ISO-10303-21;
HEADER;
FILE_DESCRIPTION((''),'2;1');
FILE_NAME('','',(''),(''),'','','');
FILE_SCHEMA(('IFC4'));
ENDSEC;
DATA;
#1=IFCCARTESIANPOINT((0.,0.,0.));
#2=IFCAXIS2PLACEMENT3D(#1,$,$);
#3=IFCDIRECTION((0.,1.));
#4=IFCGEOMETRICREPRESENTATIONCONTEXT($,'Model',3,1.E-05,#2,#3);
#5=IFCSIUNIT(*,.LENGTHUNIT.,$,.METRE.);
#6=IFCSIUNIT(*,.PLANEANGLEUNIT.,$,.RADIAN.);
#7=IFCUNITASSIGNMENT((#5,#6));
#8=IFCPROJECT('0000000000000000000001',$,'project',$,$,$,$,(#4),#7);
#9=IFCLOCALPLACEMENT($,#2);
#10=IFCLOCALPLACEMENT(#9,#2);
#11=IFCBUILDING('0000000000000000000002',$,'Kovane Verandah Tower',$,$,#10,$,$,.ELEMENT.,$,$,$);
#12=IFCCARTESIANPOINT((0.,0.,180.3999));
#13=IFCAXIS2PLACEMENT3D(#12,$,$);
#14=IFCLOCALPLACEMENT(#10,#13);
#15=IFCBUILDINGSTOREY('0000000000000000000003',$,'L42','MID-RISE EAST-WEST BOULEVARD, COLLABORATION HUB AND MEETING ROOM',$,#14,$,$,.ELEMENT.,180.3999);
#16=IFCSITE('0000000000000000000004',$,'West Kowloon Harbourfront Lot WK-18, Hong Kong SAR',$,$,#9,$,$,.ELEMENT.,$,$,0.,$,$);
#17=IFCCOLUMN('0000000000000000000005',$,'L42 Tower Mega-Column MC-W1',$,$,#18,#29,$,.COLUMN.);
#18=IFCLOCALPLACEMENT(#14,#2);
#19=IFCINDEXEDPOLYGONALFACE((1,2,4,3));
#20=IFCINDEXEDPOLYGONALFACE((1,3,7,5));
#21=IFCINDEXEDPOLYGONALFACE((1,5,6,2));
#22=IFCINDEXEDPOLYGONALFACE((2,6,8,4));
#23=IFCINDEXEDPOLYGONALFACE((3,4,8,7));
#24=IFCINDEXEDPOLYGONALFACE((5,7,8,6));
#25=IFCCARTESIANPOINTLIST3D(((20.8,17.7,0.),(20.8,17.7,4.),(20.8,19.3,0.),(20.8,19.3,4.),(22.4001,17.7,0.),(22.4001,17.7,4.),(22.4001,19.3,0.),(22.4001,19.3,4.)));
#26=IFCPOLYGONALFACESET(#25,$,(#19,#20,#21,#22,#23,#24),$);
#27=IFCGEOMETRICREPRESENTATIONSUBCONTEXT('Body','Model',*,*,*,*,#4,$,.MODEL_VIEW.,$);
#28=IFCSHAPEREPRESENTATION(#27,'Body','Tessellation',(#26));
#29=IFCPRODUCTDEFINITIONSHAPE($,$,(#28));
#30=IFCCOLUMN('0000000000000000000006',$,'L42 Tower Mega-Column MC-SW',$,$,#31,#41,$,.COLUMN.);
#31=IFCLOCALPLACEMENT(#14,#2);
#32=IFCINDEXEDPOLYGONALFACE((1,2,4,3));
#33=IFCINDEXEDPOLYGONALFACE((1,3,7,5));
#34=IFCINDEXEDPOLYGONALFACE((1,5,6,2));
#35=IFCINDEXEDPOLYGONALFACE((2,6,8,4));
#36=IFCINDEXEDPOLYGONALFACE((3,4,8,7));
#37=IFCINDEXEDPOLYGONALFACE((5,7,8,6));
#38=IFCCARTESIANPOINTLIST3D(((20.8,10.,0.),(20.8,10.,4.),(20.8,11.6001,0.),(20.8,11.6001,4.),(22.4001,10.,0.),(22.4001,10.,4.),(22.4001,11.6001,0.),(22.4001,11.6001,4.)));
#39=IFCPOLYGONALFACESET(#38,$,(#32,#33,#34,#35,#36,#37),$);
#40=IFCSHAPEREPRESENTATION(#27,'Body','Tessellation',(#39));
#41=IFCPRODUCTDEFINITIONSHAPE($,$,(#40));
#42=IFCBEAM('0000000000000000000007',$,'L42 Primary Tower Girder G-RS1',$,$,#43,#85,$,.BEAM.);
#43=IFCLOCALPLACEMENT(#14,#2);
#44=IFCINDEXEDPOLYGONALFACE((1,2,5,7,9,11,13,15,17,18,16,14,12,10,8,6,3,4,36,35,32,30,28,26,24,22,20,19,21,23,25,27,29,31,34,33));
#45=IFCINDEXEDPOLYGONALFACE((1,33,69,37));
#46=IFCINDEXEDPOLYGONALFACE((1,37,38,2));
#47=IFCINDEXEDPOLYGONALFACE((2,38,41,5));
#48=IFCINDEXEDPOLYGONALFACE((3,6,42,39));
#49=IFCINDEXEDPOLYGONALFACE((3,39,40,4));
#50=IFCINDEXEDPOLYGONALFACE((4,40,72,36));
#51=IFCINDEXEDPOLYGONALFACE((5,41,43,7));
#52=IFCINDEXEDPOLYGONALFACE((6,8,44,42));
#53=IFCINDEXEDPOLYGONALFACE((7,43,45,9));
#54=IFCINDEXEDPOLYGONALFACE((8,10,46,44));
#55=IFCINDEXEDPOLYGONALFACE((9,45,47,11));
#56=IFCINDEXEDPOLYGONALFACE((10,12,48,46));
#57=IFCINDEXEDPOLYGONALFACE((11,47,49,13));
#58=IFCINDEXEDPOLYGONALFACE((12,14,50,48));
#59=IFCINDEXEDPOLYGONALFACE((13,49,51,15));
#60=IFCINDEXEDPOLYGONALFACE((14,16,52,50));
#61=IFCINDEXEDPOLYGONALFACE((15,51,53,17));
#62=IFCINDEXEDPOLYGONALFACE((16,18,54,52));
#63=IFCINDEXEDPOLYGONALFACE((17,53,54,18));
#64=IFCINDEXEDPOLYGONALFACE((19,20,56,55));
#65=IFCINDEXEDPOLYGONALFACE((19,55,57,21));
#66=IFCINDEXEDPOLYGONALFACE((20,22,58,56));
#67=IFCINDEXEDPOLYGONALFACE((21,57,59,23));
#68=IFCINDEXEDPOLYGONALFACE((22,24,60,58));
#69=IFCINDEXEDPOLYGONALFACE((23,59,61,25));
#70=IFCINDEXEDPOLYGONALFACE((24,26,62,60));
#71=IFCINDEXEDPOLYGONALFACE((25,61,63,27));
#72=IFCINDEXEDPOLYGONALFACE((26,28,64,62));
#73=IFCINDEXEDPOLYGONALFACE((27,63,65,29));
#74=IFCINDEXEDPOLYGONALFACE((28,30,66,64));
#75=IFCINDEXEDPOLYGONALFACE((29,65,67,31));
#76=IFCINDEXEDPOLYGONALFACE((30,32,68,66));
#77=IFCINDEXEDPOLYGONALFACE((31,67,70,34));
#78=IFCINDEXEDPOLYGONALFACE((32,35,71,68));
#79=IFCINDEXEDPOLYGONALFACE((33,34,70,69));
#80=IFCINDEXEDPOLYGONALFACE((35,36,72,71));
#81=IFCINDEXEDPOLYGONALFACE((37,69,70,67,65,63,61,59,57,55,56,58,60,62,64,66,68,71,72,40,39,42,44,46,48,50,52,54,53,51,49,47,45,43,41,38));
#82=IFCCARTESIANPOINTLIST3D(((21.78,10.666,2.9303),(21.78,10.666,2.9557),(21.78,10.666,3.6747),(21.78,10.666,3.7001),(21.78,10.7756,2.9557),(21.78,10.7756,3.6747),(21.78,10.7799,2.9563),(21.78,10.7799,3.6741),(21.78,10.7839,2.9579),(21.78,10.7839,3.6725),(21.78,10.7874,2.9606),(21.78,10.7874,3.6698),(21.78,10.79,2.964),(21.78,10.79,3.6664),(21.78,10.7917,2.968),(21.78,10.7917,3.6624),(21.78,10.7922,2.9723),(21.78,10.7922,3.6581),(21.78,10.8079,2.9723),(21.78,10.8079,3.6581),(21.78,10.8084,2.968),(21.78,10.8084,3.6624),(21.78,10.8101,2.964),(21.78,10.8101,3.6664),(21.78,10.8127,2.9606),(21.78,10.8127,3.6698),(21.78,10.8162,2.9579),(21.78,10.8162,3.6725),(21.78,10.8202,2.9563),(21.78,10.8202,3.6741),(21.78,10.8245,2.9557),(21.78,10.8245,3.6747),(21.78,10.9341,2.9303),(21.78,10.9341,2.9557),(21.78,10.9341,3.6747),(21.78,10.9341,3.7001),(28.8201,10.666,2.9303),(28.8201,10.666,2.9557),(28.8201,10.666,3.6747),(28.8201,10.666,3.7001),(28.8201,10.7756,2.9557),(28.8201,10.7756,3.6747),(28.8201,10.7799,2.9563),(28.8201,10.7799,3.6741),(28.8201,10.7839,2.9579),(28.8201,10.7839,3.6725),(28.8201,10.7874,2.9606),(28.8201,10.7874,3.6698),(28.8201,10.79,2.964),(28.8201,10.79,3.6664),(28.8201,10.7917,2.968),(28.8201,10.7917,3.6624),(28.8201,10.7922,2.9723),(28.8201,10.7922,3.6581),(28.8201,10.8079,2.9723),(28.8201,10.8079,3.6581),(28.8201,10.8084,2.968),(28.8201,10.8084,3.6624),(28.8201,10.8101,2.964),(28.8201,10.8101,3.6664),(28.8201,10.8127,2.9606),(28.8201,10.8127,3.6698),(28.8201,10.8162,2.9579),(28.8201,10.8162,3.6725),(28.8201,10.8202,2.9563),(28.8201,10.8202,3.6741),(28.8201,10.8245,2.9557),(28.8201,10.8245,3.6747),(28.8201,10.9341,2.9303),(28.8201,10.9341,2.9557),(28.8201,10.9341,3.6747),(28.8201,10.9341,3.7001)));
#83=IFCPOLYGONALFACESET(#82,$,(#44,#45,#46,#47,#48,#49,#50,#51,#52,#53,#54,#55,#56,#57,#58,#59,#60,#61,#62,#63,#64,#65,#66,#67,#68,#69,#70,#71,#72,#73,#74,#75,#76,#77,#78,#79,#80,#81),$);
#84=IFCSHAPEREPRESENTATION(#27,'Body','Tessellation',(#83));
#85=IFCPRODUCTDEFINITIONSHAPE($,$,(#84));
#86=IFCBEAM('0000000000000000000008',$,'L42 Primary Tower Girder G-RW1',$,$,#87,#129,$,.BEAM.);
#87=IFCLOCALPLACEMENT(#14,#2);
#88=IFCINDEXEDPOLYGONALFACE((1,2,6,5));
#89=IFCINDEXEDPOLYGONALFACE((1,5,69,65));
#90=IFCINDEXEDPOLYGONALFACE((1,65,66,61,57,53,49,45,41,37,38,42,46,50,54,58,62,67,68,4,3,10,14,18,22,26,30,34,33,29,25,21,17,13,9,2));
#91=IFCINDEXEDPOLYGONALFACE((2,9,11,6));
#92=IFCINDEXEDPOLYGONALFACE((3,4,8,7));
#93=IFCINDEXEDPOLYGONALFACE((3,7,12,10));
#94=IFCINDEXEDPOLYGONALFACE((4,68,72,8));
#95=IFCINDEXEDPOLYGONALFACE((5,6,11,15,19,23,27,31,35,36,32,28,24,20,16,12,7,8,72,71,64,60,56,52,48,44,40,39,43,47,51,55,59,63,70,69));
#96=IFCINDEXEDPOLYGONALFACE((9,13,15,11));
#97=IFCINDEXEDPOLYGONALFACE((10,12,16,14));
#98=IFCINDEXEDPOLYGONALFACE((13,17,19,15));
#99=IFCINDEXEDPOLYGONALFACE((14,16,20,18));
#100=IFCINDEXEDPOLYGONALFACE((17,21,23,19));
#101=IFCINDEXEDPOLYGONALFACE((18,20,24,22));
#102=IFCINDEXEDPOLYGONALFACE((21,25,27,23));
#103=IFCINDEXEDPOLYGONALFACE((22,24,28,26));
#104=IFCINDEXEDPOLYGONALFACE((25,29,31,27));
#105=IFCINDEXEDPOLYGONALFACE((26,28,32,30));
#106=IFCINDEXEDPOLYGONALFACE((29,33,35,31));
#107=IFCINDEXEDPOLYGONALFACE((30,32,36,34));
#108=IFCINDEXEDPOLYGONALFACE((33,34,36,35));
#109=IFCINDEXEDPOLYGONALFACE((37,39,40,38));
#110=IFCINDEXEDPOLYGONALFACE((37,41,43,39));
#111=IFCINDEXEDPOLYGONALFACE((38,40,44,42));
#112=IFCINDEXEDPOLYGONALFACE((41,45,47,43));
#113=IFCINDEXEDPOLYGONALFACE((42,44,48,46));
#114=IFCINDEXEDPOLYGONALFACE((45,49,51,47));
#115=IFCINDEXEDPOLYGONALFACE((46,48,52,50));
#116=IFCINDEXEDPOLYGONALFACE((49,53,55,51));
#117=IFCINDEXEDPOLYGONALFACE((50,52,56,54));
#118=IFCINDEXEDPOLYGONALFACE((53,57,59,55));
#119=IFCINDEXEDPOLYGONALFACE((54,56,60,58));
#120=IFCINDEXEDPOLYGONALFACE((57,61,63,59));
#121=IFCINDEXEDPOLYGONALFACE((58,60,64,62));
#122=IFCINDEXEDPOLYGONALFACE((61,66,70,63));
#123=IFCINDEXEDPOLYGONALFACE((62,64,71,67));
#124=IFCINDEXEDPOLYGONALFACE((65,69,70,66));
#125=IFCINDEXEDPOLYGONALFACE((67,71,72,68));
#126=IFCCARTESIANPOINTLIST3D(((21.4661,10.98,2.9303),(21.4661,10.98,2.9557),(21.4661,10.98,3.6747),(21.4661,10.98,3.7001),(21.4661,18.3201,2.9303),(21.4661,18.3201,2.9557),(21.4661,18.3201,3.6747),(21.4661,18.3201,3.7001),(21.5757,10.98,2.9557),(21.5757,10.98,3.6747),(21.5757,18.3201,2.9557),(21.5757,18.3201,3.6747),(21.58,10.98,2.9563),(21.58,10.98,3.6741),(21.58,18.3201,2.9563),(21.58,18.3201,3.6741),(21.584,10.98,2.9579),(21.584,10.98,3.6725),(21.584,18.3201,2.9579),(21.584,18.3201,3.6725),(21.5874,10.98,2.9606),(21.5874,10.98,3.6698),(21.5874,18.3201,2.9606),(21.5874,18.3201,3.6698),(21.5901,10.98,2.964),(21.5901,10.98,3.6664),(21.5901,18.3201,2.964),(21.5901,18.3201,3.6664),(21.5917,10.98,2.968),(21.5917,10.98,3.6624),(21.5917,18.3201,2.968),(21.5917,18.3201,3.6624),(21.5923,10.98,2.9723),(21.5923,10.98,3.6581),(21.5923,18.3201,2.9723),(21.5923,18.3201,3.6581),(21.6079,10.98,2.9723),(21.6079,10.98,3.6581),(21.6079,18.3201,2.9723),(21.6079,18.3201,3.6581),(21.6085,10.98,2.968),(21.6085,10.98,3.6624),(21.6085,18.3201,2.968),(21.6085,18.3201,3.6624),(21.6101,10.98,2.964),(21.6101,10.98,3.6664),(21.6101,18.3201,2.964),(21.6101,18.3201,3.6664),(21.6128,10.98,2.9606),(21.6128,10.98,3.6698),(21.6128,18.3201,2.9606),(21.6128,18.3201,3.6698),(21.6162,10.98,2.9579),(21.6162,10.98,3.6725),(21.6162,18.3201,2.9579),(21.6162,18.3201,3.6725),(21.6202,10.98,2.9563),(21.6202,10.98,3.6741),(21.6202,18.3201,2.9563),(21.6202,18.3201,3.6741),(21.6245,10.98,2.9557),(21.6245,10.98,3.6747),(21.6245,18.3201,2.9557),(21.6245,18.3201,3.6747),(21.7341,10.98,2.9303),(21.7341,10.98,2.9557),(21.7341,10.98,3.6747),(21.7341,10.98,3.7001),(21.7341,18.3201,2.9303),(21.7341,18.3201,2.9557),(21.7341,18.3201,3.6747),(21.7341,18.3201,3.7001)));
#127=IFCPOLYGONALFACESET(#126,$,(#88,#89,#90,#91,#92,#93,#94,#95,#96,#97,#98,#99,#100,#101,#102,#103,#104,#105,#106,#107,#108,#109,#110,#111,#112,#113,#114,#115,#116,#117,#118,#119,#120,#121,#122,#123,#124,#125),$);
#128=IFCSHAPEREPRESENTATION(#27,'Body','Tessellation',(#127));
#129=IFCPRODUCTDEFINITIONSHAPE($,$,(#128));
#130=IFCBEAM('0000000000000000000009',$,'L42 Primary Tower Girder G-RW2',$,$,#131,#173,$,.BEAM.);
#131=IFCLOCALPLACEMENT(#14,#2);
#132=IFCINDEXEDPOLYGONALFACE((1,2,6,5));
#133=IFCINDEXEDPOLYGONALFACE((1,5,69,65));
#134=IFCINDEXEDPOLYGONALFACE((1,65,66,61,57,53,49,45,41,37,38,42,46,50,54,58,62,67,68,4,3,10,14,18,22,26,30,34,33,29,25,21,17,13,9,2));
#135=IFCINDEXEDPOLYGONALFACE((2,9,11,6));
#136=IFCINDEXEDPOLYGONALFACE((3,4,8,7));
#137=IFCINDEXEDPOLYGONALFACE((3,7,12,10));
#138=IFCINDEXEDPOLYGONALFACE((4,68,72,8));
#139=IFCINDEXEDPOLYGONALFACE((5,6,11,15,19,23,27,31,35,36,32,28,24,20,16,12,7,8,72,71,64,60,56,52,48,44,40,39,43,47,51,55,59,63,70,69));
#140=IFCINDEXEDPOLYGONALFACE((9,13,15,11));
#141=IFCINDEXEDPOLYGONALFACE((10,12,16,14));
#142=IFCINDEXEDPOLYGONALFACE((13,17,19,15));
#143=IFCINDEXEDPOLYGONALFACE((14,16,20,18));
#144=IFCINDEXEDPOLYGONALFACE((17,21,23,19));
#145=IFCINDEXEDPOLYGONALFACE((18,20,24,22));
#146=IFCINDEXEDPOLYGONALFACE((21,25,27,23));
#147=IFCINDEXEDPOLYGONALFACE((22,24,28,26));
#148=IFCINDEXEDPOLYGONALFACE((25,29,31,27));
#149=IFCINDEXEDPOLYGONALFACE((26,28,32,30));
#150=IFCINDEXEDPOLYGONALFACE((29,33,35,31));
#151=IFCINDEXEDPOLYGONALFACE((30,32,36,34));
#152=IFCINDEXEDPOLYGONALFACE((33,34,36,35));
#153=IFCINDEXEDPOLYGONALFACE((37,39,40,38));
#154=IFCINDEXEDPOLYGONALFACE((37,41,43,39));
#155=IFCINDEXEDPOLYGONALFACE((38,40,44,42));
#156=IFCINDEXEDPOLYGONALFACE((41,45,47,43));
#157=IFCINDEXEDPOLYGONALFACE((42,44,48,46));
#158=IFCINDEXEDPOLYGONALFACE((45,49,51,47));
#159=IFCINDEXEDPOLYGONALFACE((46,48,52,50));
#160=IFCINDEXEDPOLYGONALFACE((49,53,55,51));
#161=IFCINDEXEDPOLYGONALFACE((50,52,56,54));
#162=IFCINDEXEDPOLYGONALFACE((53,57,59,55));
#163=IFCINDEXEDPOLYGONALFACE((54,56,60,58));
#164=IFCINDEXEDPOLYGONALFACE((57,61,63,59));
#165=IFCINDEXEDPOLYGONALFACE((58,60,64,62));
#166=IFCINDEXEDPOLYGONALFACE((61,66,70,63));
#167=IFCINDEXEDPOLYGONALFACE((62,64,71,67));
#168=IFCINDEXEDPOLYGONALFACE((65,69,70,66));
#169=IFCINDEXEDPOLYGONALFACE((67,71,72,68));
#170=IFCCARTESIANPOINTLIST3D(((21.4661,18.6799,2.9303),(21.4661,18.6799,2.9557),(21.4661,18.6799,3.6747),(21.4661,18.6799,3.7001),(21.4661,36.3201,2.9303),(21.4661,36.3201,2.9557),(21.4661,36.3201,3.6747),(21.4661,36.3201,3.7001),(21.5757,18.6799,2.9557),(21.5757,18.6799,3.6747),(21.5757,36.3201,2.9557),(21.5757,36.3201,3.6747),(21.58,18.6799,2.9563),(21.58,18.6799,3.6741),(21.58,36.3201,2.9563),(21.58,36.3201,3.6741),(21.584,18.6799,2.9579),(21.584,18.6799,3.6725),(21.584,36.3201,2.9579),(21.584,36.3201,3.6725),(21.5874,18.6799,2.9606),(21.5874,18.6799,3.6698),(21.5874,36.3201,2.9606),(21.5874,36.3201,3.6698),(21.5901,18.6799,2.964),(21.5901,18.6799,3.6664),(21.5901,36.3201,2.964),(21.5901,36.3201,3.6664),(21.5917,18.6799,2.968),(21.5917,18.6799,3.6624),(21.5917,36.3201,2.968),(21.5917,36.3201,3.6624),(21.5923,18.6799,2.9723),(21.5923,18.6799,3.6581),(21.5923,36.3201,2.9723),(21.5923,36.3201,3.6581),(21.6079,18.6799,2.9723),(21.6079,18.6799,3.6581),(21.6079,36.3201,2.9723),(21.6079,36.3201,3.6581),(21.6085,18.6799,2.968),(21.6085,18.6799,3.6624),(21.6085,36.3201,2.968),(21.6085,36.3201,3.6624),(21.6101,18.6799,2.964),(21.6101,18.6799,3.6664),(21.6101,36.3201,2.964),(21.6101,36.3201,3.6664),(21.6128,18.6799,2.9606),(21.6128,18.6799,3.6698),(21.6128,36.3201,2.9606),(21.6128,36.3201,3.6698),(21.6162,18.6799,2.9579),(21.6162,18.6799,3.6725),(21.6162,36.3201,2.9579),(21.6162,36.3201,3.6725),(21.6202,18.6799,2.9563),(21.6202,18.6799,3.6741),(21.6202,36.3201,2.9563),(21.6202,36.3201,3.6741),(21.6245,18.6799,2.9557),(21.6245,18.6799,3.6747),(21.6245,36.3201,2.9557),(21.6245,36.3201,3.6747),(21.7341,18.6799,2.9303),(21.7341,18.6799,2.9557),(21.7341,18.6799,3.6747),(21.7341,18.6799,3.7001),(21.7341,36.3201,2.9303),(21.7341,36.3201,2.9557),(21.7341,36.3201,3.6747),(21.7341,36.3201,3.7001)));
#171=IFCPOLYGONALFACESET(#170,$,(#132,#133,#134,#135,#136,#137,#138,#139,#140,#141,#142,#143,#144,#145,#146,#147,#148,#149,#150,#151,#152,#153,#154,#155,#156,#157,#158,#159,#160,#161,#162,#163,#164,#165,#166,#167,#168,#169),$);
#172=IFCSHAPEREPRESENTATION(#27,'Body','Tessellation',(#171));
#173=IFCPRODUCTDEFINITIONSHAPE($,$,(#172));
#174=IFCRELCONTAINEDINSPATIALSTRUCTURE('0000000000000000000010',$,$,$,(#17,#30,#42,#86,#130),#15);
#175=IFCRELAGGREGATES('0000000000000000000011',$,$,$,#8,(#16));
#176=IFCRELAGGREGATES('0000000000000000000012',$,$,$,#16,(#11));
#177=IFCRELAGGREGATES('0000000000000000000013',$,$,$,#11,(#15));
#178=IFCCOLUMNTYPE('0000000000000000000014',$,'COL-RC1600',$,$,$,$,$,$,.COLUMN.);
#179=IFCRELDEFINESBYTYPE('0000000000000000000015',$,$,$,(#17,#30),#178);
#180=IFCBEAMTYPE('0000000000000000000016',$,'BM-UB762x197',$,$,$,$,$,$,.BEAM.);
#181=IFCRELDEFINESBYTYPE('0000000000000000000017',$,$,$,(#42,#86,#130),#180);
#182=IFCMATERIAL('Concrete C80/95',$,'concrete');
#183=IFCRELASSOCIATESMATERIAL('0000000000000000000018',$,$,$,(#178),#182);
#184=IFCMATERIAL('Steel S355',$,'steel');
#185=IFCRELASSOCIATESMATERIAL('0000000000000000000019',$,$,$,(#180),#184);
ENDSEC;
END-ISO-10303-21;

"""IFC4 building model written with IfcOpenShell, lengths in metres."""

from ifc_helpers import new_model, si_unit, direction, frame, origin, origin_2d, place, context, subcontext, project, spatial, rectangle, i_section, extrude, material, material_profile, profile_set, type_object, element, save


model = new_model("IFC4")

# Units and contexts
model_context = context("Model", 3, precision=1e-05, world=origin(), true_north=direction((0.0, 1.0)))
body_context = subcontext(model_context, "Body", "Model", "MODEL_VIEW")
ifc_project = project(units=[si_unit("LENGTHUNIT", "METRE"), si_unit("PLANEANGLEUNIT", "RADIAN")], contexts=[model_context])

# Site, building, storey
site_placement = place(None, origin())
site = spatial("IfcSite", under=ifc_project, at=site_placement, Name="West Kowloon Harbourfront Lot WK-18, Hong Kong SAR", CompositionType="ELEMENT", RefElevation=0.0)
building_placement = place(site_placement, origin())
building = spatial("IfcBuilding", under=site, at=building_placement, Name="Kovane Verandah Tower", CompositionType="ELEMENT")
storey_placement = place(building_placement, frame((0.0, 0.0, 180.3999)))
storey = spatial("IfcBuildingStorey", under=building, at=storey_placement, Name="L42", Description="MID-RISE EAST-WEST BOULEVARD, COLLABORATION HUB AND MEETING ROOM", CompositionType="ELEMENT", Elevation=180.3999)

# Columns
ifc_material_1 = material(Name="Concrete C80/95", Category="concrete")
ifc_material_profile_1 = material_profile(ifc_material_1, rectangle(XDim=1.6001, YDim=1.6001, at=origin_2d()), Name="RC1600x1600")
ifc_profile_set_1 = profile_set([ifc_material_profile_1], Name="Concrete C80/95")
column_type = type_object("IfcColumnType", Name="COL-RC1600", PredefinedType="COLUMN", material=ifc_profile_set_1)
for number, where, z_axis, x_axis, name in (
    (1, (21.6001, 18.5, 0.0), (0.0, 0.0, 1.0), (1.0, 0.0, 0.0), "L42 Tower Mega-Column MC-W1"),
    (2, (21.6001, 10.8, 0.0), (0.0, 0.0, 1.0), (1.0, 0.0, 0.0), "L42 Tower Mega-Column MC-SW"),
):
    element("IfcColumn", number, at=place(storey_placement, frame(where, z_axis=z_axis, x_axis=x_axis)), inside=storey, type_object=column_type, Name=name, PredefinedType="COLUMN", context=body_context, shape_type="SweptSolid", body=[
        extrude(rectangle(XDim=1.6001, YDim=1.6001, at=origin_2d()), origin(), (0.0, 0.0, 1.0), 4.0),
    ])

# Beams
ifc_material_2 = material(Name="Steel S355", Category="steel")
ifc_material_profile_2 = material_profile(ifc_material_2, i_section(OverallWidth=0.2681, OverallDepth=0.7698, WebThickness=0.0156, FlangeThickness=0.0254, FilletRadius=0.0166, at=origin_2d()), Name="UB762x267x197")
ifc_profile_set_2 = profile_set([ifc_material_profile_2], Name="Steel S355")
beam_type_1 = type_object("IfcBeamType", Name="BM-UB762x197", PredefinedType="BEAM", material=ifc_profile_set_2)
beam_1_placement = place(storey_placement, frame((21.78, 10.8, 3.3152), z_axis=(1.0, 0.0, 0.0), x_axis=(0.0, 1.0, 0.0)))
element("IfcBeam", 3, at=beam_1_placement, inside=storey, type_object=beam_type_1, Name="L42 Primary Tower Girder G-RS1", PredefinedType="BEAM", context=body_context, shape_type="SweptSolid", body=[
    extrude(i_section(OverallWidth=0.2681, OverallDepth=0.7698, WebThickness=0.0156, FlangeThickness=0.0254, FilletRadius=0.0166, at=origin_2d()), origin(), (0.0, 0.0, 1.0), 7.04),
])
beam_2_placement = place(storey_placement, frame((21.6001, 10.98, 3.3152), z_axis=(0.0, 1.0, 0.0), x_axis=(-1.0, 0.0, 0.0)))
element("IfcBeam", 4, at=beam_2_placement, inside=storey, type_object=beam_type_1, Name="L42 Primary Tower Girder G-RW1", PredefinedType="BEAM", context=body_context, shape_type="SweptSolid", body=[
    extrude(i_section(OverallWidth=0.2681, OverallDepth=0.7698, WebThickness=0.0156, FlangeThickness=0.0254, FilletRadius=0.0166, at=origin_2d()), origin(), (0.0, 0.0, 1.0), 7.3401),
])
beam_3_placement = place(storey_placement, frame((21.6001, 18.6799, 3.3152), z_axis=(0.0, 1.0, 0.0), x_axis=(-1.0, 0.0, 0.0)))
element("IfcBeam", 5, at=beam_3_placement, inside=storey, type_object=beam_type_1, Name="L42 Primary Tower Girder G-RW2", PredefinedType="BEAM", context=body_context, shape_type="SweptSolid", body=[
    extrude(i_section(OverallWidth=0.2681, OverallDepth=0.7698, WebThickness=0.0156, FlangeThickness=0.0254, FilletRadius=0.0166, at=origin_2d()), origin(), (0.0, 0.0, 1.0), 17.6401),
])

save(model, "model.ifc")
